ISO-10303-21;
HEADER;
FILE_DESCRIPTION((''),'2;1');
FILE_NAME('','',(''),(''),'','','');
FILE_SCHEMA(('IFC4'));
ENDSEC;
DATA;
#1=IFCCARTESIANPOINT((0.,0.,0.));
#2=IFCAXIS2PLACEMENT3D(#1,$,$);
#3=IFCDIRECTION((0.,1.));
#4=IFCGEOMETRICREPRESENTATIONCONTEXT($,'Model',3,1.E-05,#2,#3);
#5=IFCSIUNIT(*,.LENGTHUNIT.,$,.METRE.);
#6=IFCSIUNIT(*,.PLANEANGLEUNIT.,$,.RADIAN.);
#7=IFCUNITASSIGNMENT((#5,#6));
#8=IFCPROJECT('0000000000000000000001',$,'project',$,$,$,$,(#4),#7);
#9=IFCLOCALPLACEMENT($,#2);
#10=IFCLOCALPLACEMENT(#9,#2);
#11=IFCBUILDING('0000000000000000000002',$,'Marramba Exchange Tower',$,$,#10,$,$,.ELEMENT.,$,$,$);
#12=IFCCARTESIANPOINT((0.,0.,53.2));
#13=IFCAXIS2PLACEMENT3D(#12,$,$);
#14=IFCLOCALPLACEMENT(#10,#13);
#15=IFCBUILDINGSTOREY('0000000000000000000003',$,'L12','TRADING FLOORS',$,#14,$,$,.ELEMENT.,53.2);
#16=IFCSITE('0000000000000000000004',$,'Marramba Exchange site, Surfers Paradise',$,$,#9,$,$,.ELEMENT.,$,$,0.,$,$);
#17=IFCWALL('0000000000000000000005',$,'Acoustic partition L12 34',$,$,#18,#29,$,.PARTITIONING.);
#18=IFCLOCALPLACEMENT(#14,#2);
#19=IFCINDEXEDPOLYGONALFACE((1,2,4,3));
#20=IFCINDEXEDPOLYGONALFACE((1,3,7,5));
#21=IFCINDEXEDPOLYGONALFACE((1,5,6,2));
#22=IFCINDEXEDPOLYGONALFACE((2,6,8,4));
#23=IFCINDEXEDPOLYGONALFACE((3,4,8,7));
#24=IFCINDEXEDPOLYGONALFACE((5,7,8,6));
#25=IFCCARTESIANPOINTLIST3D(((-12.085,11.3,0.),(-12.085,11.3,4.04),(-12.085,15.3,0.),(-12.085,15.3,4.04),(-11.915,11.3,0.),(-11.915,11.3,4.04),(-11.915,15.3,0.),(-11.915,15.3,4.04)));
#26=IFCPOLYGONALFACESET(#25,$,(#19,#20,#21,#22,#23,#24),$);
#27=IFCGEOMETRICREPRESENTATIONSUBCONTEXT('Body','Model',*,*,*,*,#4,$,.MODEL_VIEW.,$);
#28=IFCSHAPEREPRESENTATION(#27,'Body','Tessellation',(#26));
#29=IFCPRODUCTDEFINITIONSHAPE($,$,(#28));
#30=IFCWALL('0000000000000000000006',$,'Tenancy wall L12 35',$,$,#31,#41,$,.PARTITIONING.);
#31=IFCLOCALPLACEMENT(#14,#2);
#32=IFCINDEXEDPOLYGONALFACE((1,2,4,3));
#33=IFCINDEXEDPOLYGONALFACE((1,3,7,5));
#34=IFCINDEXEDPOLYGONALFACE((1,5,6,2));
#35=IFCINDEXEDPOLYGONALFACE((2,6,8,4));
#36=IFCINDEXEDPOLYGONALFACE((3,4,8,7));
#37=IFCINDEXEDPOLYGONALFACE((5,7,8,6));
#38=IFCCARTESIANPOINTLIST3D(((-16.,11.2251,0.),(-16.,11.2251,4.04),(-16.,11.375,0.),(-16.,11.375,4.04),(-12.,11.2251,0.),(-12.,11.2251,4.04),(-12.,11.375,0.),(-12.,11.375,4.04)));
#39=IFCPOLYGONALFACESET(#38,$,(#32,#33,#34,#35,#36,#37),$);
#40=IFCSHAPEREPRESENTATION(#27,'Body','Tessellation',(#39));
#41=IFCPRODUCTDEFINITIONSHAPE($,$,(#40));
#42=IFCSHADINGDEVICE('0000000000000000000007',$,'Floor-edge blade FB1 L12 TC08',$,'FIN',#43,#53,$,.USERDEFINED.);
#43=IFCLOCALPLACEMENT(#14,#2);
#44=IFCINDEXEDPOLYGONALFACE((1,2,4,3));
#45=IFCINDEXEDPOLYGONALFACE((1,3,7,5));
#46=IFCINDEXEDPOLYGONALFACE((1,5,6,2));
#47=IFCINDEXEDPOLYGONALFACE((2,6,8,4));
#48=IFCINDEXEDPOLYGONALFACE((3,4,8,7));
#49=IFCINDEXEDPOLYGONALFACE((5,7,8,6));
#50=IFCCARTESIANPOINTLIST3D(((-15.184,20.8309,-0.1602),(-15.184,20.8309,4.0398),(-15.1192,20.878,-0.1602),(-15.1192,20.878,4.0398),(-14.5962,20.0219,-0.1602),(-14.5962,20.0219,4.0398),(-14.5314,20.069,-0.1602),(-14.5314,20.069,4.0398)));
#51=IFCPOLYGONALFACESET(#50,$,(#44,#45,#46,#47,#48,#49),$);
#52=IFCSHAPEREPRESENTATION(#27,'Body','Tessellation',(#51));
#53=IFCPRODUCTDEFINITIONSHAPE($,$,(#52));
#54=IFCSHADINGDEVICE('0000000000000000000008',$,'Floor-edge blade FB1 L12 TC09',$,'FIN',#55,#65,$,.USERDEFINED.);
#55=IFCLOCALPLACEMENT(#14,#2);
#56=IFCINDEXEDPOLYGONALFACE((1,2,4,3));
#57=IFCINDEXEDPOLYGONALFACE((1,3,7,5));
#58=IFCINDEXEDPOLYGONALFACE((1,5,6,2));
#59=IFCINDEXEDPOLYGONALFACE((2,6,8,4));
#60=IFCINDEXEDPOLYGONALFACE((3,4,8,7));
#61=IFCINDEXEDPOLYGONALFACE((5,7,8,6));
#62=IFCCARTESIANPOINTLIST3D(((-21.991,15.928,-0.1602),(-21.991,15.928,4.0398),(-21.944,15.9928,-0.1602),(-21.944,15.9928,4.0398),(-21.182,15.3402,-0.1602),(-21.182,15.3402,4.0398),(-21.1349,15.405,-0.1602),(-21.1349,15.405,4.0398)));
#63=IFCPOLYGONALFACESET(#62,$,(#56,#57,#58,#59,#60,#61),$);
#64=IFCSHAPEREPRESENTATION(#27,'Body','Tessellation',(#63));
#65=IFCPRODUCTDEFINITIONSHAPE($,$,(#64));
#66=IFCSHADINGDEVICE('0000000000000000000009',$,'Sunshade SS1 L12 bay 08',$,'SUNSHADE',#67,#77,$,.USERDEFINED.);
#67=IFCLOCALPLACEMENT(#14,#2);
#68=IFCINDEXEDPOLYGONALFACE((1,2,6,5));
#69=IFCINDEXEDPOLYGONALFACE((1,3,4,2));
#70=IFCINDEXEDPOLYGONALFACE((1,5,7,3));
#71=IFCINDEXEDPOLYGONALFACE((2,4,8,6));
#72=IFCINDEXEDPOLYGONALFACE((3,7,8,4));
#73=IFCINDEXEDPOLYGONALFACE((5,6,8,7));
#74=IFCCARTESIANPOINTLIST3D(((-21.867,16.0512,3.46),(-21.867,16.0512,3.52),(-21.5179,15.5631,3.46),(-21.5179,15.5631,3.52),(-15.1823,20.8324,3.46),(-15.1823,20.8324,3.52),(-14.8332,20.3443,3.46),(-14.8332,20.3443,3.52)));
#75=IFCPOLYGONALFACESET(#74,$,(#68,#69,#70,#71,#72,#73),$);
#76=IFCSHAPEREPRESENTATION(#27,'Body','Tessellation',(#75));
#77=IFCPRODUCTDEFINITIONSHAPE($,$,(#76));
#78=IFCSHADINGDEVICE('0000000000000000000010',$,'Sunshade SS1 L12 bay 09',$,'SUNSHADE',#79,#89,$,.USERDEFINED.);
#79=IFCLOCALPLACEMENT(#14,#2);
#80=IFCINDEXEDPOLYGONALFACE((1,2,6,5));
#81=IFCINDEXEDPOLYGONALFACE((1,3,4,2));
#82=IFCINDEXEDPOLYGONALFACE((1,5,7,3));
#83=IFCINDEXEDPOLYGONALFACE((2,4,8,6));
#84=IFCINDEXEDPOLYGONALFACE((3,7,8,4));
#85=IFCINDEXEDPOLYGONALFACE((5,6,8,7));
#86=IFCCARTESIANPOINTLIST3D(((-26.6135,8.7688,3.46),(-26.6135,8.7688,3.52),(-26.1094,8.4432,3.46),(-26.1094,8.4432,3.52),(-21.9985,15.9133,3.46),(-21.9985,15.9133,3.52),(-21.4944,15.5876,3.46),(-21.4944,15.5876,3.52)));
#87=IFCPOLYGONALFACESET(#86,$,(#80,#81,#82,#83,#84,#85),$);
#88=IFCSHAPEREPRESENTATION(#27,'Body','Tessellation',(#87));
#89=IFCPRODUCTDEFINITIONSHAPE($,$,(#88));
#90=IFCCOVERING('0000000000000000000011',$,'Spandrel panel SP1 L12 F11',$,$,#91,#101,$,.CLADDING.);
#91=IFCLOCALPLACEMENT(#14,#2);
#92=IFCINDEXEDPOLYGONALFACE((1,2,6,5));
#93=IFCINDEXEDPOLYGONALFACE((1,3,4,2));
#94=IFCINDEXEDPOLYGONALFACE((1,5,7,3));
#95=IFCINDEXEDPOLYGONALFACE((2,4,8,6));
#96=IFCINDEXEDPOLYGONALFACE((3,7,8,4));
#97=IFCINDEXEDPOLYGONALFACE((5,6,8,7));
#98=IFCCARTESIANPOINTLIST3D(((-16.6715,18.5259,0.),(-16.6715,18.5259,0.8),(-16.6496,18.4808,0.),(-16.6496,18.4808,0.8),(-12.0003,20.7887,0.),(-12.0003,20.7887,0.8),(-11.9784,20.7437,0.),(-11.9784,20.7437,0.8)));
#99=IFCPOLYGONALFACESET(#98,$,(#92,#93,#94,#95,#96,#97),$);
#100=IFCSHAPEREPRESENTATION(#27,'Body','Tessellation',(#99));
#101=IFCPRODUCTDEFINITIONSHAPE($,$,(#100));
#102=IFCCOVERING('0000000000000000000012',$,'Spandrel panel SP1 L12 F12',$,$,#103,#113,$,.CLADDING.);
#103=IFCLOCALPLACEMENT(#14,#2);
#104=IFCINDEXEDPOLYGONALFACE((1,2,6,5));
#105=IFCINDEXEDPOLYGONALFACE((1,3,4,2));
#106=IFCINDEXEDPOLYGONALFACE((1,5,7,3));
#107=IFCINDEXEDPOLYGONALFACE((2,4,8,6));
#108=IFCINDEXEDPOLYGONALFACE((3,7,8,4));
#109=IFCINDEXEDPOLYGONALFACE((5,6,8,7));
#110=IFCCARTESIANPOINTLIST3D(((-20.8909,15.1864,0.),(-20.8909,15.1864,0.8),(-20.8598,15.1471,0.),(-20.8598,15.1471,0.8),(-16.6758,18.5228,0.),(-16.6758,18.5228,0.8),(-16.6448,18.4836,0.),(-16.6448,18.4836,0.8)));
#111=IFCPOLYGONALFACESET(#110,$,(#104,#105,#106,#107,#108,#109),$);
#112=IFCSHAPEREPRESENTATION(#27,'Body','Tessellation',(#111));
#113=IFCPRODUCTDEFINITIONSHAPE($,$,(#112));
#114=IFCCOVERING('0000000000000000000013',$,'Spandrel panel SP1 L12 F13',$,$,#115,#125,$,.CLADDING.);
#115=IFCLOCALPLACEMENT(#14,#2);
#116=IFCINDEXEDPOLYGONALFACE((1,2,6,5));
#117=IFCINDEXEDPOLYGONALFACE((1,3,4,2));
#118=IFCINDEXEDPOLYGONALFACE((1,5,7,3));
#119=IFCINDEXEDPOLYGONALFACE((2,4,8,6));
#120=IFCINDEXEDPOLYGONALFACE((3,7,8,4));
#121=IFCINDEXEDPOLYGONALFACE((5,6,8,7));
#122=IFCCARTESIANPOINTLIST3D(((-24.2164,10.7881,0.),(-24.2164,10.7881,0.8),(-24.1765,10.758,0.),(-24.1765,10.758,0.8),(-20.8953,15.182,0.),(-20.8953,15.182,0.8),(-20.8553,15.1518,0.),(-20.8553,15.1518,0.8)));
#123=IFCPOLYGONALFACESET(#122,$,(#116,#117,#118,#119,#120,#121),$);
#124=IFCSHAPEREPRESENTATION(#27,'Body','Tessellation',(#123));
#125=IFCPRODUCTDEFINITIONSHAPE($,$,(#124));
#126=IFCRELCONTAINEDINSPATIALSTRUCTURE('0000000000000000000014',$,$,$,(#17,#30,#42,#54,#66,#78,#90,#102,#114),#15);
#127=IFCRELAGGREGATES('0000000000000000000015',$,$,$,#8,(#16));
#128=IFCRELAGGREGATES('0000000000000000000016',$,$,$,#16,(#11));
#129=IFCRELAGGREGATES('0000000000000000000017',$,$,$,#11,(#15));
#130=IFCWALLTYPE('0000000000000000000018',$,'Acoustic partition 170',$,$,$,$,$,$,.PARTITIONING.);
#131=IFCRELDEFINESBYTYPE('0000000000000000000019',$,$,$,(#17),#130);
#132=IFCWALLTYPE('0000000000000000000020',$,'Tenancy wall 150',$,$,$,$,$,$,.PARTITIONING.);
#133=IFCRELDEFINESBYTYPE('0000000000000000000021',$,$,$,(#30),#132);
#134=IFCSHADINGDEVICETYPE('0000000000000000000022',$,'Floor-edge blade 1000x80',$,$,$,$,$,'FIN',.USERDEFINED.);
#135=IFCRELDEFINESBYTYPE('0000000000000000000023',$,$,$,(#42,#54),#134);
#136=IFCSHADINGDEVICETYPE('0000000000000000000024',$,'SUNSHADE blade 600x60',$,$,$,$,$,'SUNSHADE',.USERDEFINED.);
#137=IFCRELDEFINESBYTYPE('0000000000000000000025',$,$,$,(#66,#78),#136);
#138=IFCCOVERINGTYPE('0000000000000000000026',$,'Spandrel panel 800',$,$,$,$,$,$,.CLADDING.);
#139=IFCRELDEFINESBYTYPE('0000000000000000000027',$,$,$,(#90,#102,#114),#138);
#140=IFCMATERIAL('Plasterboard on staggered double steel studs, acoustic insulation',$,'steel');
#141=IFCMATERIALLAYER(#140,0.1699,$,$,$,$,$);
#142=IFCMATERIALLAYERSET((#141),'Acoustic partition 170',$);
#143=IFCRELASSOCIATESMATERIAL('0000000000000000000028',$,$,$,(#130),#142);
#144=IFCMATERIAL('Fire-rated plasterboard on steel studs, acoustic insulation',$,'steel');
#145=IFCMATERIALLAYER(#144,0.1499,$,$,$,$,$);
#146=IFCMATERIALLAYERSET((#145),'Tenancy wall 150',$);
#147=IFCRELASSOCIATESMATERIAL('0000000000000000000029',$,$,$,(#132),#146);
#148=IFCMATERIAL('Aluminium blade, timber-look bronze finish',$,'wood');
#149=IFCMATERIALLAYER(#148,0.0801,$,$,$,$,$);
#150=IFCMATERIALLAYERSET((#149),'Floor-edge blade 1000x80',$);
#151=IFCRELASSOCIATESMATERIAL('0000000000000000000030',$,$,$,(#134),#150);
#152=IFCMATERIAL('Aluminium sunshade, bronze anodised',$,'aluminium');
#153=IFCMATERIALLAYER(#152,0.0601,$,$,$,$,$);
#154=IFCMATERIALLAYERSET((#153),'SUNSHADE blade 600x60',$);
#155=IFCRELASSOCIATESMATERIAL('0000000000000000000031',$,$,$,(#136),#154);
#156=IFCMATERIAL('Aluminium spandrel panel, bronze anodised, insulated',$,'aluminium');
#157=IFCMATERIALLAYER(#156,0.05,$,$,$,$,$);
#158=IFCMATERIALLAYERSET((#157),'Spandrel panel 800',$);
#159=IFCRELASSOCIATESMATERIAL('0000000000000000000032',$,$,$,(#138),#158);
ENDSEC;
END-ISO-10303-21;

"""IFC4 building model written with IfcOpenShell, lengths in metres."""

from ifc_helpers import new_model, si_unit, direction, frame, frame_2d, origin, origin_2d, place, context, subcontext, project, spatial, rectangle, extrude, material, layer, layer_set, type_object, element, save


model = new_model("IFC4")

# Units and contexts
model_context = context("Model", 3, precision=1e-05, world=origin(), true_north=direction((0.0, 1.0)))
body_context = subcontext(model_context, "Body", "Model", "MODEL_VIEW")
ifc_project = project(units=[si_unit("LENGTHUNIT", "METRE"), si_unit("PLANEANGLEUNIT", "RADIAN")], contexts=[model_context])

# Site, building, storey
site_placement = place(None, origin())
site = spatial("IfcSite", under=ifc_project, at=site_placement, Name="Marramba Exchange site, Surfers Paradise", CompositionType="ELEMENT", RefElevation=0.0)
building_placement = place(site_placement, origin())
building = spatial("IfcBuilding", under=site, at=building_placement, Name="Marramba Exchange Tower", CompositionType="ELEMENT")
storey_placement = place(building_placement, frame((0.0, 0.0, 53.2)))
storey = spatial("IfcBuildingStorey", under=building, at=storey_placement, Name="L12", Description="TRADING FLOORS", CompositionType="ELEMENT", Elevation=53.2)

# Walls
ifc_material_1 = material(Name="Plasterboard on staggered double steel studs, acoustic insulation", Category="steel")
ifc_layer_1 = layer(ifc_material_1, 0.1699)
ifc_layer_set_1 = layer_set([ifc_layer_1], Name="Acoustic partition 170")
wall_type_1 = type_object("IfcWallType", Name="Acoustic partition 170", PredefinedType="PARTITIONING", material=ifc_layer_set_1)
wall_1_placement = place(storey_placement, frame((-12.0, 15.3, 0.0), z_axis=(0.0, 0.0, 1.0), x_axis=(0.0, -1.0, 0.0)))
element("IfcWall", 1, at=wall_1_placement, inside=storey, type_object=wall_type_1, Name="Acoustic partition L12 34", PredefinedType="PARTITIONING", context=body_context, shape_type="SweptSolid", body=[
    extrude(rectangle(XDim=4.0, YDim=0.1699, at=frame_2d((2.0, 0.0))), origin(), (0.0, 0.0, 1.0), 4.04),
])
ifc_material_2 = material(Name="Fire-rated plasterboard on steel studs, acoustic insulation", Category="steel")
ifc_layer_2 = layer(ifc_material_2, 0.1499)
ifc_layer_set_2 = layer_set([ifc_layer_2], Name="Tenancy wall 150")
wall_type_2 = type_object("IfcWallType", Name="Tenancy wall 150", PredefinedType="PARTITIONING", material=ifc_layer_set_2)
wall_2_placement = place(storey_placement, frame((-12.0, 11.3, 0.0), z_axis=(0.0, 0.0, 1.0), x_axis=(-1.0, 0.0, 0.0)))
element("IfcWall", 2, at=wall_2_placement, inside=storey, type_object=wall_type_2, Name="Tenancy wall L12 35", PredefinedType="PARTITIONING", context=body_context, shape_type="SweptSolid", body=[
    extrude(rectangle(XDim=4.0, YDim=0.1499, at=frame_2d((2.0, 0.0))), origin(), (0.0, 0.0, 1.0), 4.04),
])

# Shading devices
ifc_material_3 = material(Name="Aluminium blade, timber-look bronze finish", Category="wood")
ifc_layer_3 = layer(ifc_material_3, 0.0801)
ifc_layer_set_3 = layer_set([ifc_layer_3], Name="Floor-edge blade 1000x80")
shading_device_type_1 = type_object("IfcShadingDeviceType", Name="Floor-edge blade 1000x80", ElementType="FIN", PredefinedType="USERDEFINED", material=ifc_layer_set_3)
for number, where, z_axis, x_axis, name in (
    (3, (-14.8577, 20.45, -0.1602), (0.0, 0.0, 1.0), (-0.587785, 0.809017, 0.0), "Floor-edge blade FB1 L12 TC08"),
    (4, (-21.563, 15.6665, -0.1602), (0.0, 0.0, 1.0), (-0.809017, 0.587785, 0.0), "Floor-edge blade FB1 L12 TC09"),
):
    element("IfcShadingDevice", number, at=place(storey_placement, frame(where, z_axis=z_axis, x_axis=x_axis)), inside=storey, type_object=shading_device_type_1, Name=name, ObjectType="FIN", PredefinedType="USERDEFINED", context=body_context, shape_type="SweptSolid", body=[
        extrude(rectangle(XDim=1.0, YDim=0.0801, at=origin_2d()), origin(), (0.0, 0.0, 1.0), 4.2),
    ])
ifc_material_4 = material(Name="Aluminium sunshade, bronze anodised", Category="aluminium")
ifc_layer_4 = layer(ifc_material_4, 0.0601)
ifc_layer_set_4 = layer_set([ifc_layer_4], Name="SUNSHADE blade 600x60")
shading_device_type_2 = type_object("IfcShadingDeviceType", Name="SUNSHADE blade 600x60", ElementType="SUNSHADE", PredefinedType="USERDEFINED", material=ifc_layer_set_4)
shading_device_1_placement = place(storey_placement, frame((-18.3501, 18.1978, 3.46), z_axis=(0.0, 0.0, 1.0), x_axis=(-0.813363, -0.581757, 0.0)))
element("IfcShadingDevice", 5, at=shading_device_1_placement, inside=storey, type_object=shading_device_type_2, Name="Sunshade SS1 L12 bay 08", ObjectType="SUNSHADE", PredefinedType="USERDEFINED", context=body_context, shape_type="SweptSolid", body=[
    extrude(rectangle(XDim=8.2185, YDim=0.6001, at=origin_2d()), origin(), (0.0, 0.0, 1.0), 0.0601),
])
shading_device_2_placement = place(storey_placement, frame((-24.054, 12.1782, 3.46), z_axis=(0.0, 0.0, 1.0), x_axis=(-0.542597, -0.839993, 0.0)))
element("IfcShadingDevice", 6, at=shading_device_2_placement, inside=storey, type_object=shading_device_type_2, Name="Sunshade SS1 L12 bay 09", ObjectType="SUNSHADE", PredefinedType="USERDEFINED", context=body_context, shape_type="SweptSolid", body=[
    extrude(rectangle(XDim=8.5054, YDim=0.6001, at=origin_2d()), origin(), (0.0, 0.0, 1.0), 0.0601),
])

# Coverings
ifc_material_5 = material(Name="Aluminium spandrel panel, bronze anodised, insulated", Category="aluminium")
ifc_layer_5 = layer(ifc_material_5, 0.05)
ifc_layer_set_5 = layer_set([ifc_layer_5], Name="Spandrel panel 800")
covering_type = type_object("IfcCoveringType", Name="Spandrel panel 800", PredefinedType="CLADDING", material=ifc_layer_set_5)
covering_1_placement = place(storey_placement, frame((-14.325, 19.6348, 0.0), z_axis=(0.0, 0.0, 1.0), x_axis=(-0.899963, -0.435965, 0.0)))
element("IfcCovering", 7, at=covering_1_placement, inside=storey, type_object=covering_type, Name="Spandrel panel SP1 L12 F11", PredefinedType="CLADDING", context=body_context, shape_type="SweptSolid", body=[
    extrude(rectangle(XDim=5.1904, YDim=0.05, at=origin_2d()), origin(), (0.0, 0.0, 1.0), 0.8),
])
covering_2_placement = place(storey_placement, frame((-18.7678, 16.835, 0.0), z_axis=(0.0, 0.0, 1.0), x_axis=(-0.784088, -0.62065, 0.0)))
element("IfcCovering", 8, at=covering_2_placement, inside=storey, type_object=covering_type, Name="Spandrel panel SP1 L12 F12", PredefinedType="CLADDING", context=body_context, shape_type="SweptSolid", body=[
    extrude(rectangle(XDim=5.3757, YDim=0.05, at=origin_2d()), origin(), (0.0, 0.0, 1.0), 0.8),
])
covering_3_placement = place(storey_placement, frame((-22.5359, 12.97, 0.0), z_axis=(0.0, 0.0, 1.0), x_axis=(-0.60299, -0.797749, 0.0)))
element("IfcCovering", 9, at=covering_3_placement, inside=storey, type_object=covering_type, Name="Spandrel panel SP1 L12 F13", PredefinedType="CLADDING", context=body_context, shape_type="SweptSolid", body=[
    extrude(rectangle(XDim=5.5078, YDim=0.05, at=origin_2d()), origin(), (0.0, 0.0, 1.0), 0.8),
])

save(model, "model.ifc")
